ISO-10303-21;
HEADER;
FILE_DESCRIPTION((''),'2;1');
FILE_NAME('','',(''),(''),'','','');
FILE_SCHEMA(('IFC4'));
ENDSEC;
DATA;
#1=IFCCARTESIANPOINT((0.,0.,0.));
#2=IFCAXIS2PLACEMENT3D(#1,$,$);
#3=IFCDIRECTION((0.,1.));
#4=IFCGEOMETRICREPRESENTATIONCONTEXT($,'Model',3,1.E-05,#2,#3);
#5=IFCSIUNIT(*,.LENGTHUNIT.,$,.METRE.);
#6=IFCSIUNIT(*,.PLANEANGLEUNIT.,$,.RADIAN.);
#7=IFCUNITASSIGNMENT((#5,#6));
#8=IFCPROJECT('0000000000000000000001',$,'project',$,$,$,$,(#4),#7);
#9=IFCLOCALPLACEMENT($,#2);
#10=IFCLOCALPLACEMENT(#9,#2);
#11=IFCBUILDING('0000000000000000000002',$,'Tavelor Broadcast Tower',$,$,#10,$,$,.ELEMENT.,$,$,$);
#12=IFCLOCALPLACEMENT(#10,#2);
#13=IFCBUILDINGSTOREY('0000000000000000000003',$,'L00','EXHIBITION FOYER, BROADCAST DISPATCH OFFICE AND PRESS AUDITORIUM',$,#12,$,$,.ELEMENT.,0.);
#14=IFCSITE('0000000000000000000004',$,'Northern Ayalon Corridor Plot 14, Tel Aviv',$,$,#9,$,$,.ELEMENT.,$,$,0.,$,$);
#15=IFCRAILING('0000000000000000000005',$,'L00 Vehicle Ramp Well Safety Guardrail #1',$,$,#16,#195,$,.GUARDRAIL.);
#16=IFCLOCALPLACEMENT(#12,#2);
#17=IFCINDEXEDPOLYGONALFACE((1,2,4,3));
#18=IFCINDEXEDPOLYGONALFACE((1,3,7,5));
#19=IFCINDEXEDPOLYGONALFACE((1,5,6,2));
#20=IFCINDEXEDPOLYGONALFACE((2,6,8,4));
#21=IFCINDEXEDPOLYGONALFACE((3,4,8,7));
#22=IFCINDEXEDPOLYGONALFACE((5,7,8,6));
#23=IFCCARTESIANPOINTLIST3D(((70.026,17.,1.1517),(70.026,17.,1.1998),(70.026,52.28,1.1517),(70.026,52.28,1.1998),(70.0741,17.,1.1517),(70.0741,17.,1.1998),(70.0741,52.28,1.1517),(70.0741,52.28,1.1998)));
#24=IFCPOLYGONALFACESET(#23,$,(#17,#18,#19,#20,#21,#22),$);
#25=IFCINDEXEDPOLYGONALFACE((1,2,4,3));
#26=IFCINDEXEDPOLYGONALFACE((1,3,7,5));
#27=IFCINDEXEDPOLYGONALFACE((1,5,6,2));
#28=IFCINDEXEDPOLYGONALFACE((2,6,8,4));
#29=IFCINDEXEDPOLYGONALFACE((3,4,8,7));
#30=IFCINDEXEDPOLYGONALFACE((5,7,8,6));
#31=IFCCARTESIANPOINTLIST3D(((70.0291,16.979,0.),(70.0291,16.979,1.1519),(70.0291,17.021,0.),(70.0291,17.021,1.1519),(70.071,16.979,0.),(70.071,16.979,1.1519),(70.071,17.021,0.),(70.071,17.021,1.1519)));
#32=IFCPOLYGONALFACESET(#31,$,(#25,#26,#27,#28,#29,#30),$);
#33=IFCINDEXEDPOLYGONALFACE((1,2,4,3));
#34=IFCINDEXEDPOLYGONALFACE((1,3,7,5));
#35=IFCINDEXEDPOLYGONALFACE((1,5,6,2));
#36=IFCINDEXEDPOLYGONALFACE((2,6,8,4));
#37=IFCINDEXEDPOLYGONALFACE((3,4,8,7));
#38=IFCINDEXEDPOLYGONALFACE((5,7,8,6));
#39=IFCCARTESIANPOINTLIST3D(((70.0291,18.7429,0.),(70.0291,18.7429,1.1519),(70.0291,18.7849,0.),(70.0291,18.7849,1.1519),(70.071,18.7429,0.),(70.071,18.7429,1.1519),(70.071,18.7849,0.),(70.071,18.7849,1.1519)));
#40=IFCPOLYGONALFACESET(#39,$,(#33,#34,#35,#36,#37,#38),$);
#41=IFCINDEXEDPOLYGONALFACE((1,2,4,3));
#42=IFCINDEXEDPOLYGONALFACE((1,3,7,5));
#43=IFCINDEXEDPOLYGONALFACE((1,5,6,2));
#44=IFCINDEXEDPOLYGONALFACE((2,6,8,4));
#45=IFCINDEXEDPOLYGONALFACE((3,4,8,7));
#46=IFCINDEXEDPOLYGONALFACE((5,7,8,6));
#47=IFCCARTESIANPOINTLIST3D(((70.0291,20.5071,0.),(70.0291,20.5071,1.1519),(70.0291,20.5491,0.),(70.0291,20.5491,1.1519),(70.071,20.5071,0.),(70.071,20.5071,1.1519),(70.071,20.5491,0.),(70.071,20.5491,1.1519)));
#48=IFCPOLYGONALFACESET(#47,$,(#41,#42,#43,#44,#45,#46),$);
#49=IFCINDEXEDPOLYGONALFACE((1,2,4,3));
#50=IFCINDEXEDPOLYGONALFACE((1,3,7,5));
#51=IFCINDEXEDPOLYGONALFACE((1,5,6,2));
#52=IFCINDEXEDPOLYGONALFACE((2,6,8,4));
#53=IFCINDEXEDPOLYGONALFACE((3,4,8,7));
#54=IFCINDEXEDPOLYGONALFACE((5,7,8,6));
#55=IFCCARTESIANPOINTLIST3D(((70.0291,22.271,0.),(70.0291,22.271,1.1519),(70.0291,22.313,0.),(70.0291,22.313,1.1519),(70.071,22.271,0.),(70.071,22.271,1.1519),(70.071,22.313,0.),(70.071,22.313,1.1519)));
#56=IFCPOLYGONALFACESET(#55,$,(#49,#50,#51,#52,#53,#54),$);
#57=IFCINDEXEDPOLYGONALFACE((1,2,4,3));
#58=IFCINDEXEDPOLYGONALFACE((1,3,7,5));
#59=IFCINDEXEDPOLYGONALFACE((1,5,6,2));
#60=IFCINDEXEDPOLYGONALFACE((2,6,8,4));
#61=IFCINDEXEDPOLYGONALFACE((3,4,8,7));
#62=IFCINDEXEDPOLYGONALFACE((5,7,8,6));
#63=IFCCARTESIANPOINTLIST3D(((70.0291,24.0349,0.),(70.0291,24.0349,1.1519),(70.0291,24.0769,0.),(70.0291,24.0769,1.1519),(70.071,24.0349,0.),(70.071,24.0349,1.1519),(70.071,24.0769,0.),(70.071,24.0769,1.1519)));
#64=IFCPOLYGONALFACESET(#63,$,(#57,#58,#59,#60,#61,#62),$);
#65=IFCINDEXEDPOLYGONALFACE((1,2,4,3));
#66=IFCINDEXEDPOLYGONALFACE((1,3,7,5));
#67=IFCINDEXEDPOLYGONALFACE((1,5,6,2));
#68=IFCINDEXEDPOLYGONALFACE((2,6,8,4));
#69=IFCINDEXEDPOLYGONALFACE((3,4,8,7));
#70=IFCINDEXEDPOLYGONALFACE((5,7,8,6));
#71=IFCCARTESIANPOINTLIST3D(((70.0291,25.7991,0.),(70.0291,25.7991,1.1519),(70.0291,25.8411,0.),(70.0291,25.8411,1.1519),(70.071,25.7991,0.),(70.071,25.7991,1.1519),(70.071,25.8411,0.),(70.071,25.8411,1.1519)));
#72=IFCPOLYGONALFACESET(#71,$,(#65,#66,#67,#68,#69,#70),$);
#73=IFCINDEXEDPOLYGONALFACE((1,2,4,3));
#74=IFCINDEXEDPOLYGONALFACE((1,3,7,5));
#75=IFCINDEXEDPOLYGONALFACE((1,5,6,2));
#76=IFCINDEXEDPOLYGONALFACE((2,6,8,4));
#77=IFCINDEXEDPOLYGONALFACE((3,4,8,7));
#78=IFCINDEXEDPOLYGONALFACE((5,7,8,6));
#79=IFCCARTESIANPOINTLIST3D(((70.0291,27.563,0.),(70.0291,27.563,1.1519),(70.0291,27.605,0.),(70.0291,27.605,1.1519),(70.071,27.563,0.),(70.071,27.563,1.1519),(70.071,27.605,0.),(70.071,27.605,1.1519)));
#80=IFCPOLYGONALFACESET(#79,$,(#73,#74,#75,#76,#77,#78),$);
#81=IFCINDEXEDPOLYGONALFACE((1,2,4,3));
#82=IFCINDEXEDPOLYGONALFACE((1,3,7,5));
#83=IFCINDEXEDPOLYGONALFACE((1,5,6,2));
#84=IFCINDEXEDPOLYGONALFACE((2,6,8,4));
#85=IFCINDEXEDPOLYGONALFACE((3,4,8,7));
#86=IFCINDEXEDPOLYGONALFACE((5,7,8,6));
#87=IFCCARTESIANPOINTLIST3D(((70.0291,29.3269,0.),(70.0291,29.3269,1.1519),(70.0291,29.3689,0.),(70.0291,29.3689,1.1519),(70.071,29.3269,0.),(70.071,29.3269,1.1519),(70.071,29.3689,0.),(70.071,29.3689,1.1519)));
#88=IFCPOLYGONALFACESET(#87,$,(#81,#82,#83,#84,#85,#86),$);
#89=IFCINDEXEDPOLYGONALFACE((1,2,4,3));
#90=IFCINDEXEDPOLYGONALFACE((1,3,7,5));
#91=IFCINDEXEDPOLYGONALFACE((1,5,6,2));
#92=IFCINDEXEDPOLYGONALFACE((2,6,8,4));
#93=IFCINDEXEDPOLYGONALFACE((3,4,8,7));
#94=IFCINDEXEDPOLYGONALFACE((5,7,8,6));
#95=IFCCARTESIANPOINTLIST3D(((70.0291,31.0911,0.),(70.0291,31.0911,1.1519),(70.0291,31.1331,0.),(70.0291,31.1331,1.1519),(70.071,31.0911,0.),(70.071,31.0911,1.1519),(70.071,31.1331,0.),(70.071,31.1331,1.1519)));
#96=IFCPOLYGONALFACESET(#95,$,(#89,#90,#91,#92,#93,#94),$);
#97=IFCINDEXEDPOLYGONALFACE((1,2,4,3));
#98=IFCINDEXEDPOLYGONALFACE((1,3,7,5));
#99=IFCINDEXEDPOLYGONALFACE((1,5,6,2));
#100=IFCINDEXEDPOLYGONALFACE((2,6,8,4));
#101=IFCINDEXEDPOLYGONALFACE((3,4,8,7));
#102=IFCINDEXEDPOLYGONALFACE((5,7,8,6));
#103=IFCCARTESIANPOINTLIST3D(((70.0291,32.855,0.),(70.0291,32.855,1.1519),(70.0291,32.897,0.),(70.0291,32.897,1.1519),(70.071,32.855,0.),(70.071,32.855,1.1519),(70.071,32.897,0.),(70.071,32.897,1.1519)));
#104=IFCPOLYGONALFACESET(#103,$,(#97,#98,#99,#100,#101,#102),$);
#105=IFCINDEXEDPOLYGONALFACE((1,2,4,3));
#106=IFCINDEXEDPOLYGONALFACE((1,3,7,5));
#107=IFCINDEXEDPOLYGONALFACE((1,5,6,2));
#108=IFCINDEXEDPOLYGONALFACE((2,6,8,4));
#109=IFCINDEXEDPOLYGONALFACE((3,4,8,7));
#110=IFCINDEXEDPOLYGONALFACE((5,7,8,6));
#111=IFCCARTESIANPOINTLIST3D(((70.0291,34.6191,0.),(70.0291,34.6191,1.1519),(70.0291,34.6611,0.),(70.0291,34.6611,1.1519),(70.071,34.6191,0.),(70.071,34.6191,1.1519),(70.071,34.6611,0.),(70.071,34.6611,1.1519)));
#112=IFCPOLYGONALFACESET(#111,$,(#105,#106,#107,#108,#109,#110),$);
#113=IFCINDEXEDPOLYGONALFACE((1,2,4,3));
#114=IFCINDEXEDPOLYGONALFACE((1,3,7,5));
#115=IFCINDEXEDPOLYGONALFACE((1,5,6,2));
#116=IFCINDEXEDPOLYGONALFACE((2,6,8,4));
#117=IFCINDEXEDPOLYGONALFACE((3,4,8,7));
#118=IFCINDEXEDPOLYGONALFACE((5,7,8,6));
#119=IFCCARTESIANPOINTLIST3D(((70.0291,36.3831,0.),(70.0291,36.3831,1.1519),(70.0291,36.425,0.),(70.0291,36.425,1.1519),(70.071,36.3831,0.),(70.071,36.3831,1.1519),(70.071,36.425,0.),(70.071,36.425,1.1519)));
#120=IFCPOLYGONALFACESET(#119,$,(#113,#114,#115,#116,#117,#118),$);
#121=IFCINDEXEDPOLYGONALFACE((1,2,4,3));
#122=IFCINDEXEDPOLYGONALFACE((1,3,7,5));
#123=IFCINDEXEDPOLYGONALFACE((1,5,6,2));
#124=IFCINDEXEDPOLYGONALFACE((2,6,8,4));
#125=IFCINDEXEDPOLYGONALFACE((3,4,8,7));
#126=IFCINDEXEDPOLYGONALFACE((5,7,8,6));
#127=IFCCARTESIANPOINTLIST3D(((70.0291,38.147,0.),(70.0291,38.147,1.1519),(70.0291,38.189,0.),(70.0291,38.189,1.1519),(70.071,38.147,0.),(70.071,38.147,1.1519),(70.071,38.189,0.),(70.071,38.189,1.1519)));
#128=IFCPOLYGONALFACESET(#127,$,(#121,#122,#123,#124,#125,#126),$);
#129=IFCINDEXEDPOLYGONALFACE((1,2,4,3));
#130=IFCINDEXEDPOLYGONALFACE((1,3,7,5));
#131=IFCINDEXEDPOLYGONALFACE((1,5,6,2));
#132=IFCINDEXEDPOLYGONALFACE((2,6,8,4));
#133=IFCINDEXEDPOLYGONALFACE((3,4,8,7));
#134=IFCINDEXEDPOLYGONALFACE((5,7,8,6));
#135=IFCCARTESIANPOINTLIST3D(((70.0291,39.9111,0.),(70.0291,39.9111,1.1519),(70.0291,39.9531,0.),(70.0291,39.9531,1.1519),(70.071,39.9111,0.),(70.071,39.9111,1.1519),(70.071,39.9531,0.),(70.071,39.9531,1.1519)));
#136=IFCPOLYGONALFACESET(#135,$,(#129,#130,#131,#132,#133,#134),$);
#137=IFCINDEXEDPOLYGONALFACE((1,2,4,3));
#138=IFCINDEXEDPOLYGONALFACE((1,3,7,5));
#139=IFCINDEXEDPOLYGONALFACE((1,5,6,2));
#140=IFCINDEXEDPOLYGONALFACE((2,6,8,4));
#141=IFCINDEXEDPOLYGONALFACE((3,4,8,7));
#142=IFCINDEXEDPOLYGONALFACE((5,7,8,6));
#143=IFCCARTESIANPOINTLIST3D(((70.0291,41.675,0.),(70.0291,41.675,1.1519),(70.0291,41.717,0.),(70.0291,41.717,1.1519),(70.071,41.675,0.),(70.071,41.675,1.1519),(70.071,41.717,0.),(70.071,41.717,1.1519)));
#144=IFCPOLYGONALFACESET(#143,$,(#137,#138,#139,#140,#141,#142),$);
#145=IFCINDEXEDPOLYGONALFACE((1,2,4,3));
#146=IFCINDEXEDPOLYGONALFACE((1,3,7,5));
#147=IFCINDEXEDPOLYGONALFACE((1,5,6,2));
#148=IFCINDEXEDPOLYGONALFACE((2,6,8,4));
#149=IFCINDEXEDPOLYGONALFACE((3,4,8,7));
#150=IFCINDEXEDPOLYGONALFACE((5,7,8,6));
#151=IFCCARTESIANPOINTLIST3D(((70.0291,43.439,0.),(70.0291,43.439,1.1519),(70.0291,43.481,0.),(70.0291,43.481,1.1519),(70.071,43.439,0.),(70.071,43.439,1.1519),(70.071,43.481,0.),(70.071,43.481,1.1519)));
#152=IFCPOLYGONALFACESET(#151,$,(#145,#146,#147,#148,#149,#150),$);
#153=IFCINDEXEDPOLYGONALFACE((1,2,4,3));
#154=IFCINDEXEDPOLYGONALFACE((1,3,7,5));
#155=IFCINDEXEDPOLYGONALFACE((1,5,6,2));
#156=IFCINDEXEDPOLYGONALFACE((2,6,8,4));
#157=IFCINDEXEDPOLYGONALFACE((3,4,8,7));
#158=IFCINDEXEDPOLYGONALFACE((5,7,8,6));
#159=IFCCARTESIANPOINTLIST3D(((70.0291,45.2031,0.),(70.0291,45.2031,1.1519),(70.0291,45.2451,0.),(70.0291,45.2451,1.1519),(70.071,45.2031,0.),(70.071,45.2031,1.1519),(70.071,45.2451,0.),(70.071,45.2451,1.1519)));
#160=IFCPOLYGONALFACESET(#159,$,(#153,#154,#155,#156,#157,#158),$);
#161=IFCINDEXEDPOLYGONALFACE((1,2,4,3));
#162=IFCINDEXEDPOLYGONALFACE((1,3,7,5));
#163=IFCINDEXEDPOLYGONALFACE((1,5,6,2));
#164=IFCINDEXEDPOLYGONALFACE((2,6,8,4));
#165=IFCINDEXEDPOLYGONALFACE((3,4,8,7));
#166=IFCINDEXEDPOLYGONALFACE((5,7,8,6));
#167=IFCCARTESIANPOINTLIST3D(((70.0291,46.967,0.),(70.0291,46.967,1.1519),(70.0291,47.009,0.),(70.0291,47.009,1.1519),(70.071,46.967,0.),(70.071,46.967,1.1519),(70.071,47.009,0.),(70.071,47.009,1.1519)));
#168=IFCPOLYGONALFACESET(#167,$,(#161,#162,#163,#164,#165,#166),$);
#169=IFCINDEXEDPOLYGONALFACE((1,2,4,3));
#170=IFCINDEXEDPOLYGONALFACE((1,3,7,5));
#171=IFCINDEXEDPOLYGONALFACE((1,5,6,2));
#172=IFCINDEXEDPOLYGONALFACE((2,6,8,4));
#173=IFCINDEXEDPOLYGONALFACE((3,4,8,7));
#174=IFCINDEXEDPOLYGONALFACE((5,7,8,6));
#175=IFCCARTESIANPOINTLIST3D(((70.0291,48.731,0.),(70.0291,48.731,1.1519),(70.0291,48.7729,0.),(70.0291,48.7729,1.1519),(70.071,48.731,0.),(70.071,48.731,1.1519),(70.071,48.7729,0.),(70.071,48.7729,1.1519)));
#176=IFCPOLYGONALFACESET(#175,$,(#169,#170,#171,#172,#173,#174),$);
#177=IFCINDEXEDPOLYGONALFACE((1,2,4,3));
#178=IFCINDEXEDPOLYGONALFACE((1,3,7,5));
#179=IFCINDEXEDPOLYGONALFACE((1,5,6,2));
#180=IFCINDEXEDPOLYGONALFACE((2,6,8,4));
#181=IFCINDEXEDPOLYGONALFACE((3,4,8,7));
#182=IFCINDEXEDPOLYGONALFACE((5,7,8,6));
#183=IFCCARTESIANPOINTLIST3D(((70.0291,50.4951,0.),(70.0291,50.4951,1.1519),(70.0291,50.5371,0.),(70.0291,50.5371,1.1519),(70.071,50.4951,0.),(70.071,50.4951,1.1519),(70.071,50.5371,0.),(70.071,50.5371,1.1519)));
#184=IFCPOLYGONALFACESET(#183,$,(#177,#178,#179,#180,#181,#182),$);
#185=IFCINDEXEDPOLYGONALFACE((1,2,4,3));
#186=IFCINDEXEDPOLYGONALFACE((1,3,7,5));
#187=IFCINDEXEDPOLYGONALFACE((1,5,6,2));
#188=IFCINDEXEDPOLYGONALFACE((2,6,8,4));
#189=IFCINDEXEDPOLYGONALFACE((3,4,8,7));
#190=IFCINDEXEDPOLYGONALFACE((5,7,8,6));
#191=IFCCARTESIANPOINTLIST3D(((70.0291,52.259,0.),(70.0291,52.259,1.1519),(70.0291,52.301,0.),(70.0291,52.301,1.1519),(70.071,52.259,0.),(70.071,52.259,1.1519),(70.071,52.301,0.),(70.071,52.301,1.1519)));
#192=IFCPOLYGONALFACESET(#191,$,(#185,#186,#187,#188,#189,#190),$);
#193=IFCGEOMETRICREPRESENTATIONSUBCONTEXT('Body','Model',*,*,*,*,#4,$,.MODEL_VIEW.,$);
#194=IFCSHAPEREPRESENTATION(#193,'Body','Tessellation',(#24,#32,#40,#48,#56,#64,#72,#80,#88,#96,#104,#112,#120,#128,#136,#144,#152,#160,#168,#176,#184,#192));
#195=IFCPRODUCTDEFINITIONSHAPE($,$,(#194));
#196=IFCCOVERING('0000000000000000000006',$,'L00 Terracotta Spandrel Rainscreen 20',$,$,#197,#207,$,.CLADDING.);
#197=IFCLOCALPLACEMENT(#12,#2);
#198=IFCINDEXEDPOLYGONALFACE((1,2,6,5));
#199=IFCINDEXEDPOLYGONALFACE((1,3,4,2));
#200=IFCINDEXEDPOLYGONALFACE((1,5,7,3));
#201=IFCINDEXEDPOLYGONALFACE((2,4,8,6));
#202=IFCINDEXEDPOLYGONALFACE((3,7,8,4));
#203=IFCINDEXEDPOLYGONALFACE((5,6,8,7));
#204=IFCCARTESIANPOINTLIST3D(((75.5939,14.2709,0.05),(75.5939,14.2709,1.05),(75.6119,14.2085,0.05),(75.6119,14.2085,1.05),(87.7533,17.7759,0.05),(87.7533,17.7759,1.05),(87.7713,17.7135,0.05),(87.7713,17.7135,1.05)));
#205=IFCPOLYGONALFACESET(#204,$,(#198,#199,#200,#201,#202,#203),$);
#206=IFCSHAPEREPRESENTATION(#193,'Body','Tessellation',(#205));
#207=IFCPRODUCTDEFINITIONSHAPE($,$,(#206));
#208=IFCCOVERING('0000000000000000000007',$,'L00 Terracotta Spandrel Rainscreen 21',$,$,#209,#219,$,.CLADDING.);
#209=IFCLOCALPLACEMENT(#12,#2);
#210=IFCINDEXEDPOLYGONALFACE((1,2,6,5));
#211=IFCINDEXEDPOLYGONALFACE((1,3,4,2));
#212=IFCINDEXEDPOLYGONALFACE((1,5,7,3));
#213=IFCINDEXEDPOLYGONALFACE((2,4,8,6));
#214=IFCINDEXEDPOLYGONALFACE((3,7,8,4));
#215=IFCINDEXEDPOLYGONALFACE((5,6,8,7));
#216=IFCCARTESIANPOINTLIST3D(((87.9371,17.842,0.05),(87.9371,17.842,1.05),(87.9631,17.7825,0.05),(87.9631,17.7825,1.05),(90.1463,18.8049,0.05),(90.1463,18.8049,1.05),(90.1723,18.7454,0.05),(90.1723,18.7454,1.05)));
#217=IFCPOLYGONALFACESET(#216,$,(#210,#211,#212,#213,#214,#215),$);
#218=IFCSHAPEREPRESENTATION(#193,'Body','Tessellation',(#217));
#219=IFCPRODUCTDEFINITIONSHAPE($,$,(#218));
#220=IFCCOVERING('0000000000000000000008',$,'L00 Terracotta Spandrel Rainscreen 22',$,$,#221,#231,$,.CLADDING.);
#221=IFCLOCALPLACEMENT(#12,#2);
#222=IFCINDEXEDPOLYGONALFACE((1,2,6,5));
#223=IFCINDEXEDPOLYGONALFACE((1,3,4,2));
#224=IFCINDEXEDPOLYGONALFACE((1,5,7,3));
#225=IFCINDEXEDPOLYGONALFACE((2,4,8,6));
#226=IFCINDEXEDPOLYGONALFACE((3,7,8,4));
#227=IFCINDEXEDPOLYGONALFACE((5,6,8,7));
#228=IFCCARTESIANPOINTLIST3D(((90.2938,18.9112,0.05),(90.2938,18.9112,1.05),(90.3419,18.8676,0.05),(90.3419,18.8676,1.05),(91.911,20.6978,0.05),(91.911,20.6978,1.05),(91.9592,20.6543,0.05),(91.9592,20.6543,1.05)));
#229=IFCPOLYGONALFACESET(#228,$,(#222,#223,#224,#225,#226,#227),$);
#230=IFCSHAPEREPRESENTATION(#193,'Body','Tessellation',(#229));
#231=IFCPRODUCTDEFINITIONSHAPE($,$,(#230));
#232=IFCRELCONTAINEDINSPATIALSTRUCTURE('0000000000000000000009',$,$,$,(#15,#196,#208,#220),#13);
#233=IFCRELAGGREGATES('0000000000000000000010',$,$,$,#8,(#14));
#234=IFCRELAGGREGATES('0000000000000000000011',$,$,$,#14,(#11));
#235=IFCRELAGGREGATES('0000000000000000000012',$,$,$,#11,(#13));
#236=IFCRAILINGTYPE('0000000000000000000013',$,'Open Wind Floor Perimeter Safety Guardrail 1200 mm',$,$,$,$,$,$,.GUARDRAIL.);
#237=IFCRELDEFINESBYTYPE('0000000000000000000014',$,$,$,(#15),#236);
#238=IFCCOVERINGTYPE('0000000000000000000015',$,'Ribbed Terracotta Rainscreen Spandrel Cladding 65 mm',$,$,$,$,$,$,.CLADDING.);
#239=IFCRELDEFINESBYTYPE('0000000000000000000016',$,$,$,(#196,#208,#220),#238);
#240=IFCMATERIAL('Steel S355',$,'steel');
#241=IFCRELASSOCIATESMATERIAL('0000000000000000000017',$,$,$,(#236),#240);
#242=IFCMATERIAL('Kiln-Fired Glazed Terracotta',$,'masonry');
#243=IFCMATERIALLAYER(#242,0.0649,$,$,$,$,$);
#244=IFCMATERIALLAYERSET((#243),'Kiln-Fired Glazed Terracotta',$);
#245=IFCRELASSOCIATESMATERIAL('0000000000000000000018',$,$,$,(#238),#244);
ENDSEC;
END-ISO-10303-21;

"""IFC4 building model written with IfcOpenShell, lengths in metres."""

from ifc_helpers import new_model, si_unit, direction, frame, origin, origin_2d, place, context, subcontext, project, spatial, rectangle, extrude, material, layer, layer_set, type_object, element, save


model = new_model("IFC4")

# Units and contexts
model_context = context("Model", 3, precision=1e-05, world=origin(), true_north=direction((0.0, 1.0)))
body_context = subcontext(model_context, "Body", "Model", "MODEL_VIEW")
ifc_project = project(units=[si_unit("LENGTHUNIT", "METRE"), si_unit("PLANEANGLEUNIT", "RADIAN")], contexts=[model_context])

# Site, building, storey
site_placement = place(None, origin())
site = spatial("IfcSite", under=ifc_project, at=site_placement, Name="Northern Ayalon Corridor Plot 14, Tel Aviv", CompositionType="ELEMENT", RefElevation=0.0)
building_placement = place(site_placement, origin())
building = spatial("IfcBuilding", under=site, at=building_placement, Name="Tavelor Broadcast Tower", CompositionType="ELEMENT")
storey_placement = place(building_placement, origin())
storey = spatial("IfcBuildingStorey", under=building, at=storey_placement, Name="L00", Description="EXHIBITION FOYER, BROADCAST DISPATCH OFFICE AND PRESS AUDITORIUM", CompositionType="ELEMENT", Elevation=0.0)

# Shared definitions
ifc_material_1 = material(Name="Steel S355", Category="steel")

# Railing
railing_type = type_object("IfcRailingType", Name="Open Wind Floor Perimeter Safety Guardrail 1200 mm", PredefinedType="GUARDRAIL", material=ifc_material_1)
railing_placement = place(storey_placement, frame((70.05, 17.0, 0.0)))
element("IfcRailing", 1, at=railing_placement, inside=storey, type_object=railing_type, Name="L00 Vehicle Ramp Well Safety Guardrail #1", PredefinedType="GUARDRAIL", context=body_context, shape_type="SweptSolid", body=[
    extrude(rectangle(XDim=0.0481, YDim=0.0481, at=origin_2d()), frame((0.0, 0.0, 1.1758), z_axis=(0.0, 1.0, 0.0), x_axis=(-1.0, 0.0, 0.0)), (0.0, 0.0, 1.0), 35.28),
    extrude(rectangle(XDim=0.042, YDim=0.042, at=origin_2d()), origin(), (0.0, 0.0, 1.0), 1.1519),
    extrude(rectangle(XDim=0.042, YDim=0.042, at=origin_2d()), frame((0.0, 1.7639, 0.0)), (0.0, 0.0, 1.0), 1.1519),
    extrude(rectangle(XDim=0.042, YDim=0.042, at=origin_2d()), frame((0.0, 3.5281, 0.0)), (0.0, 0.0, 1.0), 1.1519),
    extrude(rectangle(XDim=0.042, YDim=0.042, at=origin_2d()), frame((0.0, 5.292, 0.0)), (0.0, 0.0, 1.0), 1.1519),
    extrude(rectangle(XDim=0.042, YDim=0.042, at=origin_2d()), frame((0.0, 7.0559, 0.0)), (0.0, 0.0, 1.0), 1.1519),
    extrude(rectangle(XDim=0.042, YDim=0.042, at=origin_2d()), frame((0.0, 8.8201, 0.0)), (0.0, 0.0, 1.0), 1.1519),
    extrude(rectangle(XDim=0.042, YDim=0.042, at=origin_2d()), frame((0.0, 10.584, 0.0)), (0.0, 0.0, 1.0), 1.1519),
    extrude(rectangle(XDim=0.042, YDim=0.042, at=origin_2d()), frame((0.0, 12.3479, 0.0)), (0.0, 0.0, 1.0), 1.1519),
    extrude(rectangle(XDim=0.042, YDim=0.042, at=origin_2d()), frame((0.0, 14.1121, 0.0)), (0.0, 0.0, 1.0), 1.1519),
    extrude(rectangle(XDim=0.042, YDim=0.042, at=origin_2d()), frame((0.0, 15.876, 0.0)), (0.0, 0.0, 1.0), 1.1519),
    extrude(rectangle(XDim=0.042, YDim=0.042, at=origin_2d()), frame((0.0, 17.6401, 0.0)), (0.0, 0.0, 1.0), 1.1519),
    extrude(rectangle(XDim=0.042, YDim=0.042, at=origin_2d()), frame((0.0, 19.4041, 0.0)), (0.0, 0.0, 1.0), 1.1519),
    extrude(rectangle(XDim=0.042, YDim=0.042, at=origin_2d()), frame((0.0, 21.168, 0.0)), (0.0, 0.0, 1.0), 1.1519),
    extrude(rectangle(XDim=0.042, YDim=0.042, at=origin_2d()), frame((0.0, 22.9321, 0.0)), (0.0, 0.0, 1.0), 1.1519),
    extrude(rectangle(XDim=0.042, YDim=0.042, at=origin_2d()), frame((0.0, 24.696, 0.0)), (0.0, 0.0, 1.0), 1.1519),
    extrude(rectangle(XDim=0.042, YDim=0.042, at=origin_2d()), frame((0.0, 26.46, 0.0)), (0.0, 0.0, 1.0), 1.1519),
    extrude(rectangle(XDim=0.042, YDim=0.042, at=origin_2d()), frame((0.0, 28.2241, 0.0)), (0.0, 0.0, 1.0), 1.1519),
    extrude(rectangle(XDim=0.042, YDim=0.042, at=origin_2d()), frame((0.0, 29.988, 0.0)), (0.0, 0.0, 1.0), 1.1519),
    extrude(rectangle(XDim=0.042, YDim=0.042, at=origin_2d()), frame((0.0, 31.752, 0.0)), (0.0, 0.0, 1.0), 1.1519),
    extrude(rectangle(XDim=0.042, YDim=0.042, at=origin_2d()), frame((0.0, 33.5161, 0.0)), (0.0, 0.0, 1.0), 1.1519),
    extrude(rectangle(XDim=0.042, YDim=0.042, at=origin_2d()), frame((0.0, 35.28, 0.0)), (0.0, 0.0, 1.0), 1.1519),
])

# Coverings
ifc_material_2 = material(Name="Kiln-Fired Glazed Terracotta", Category="masonry")
ifc_layer_1 = layer(ifc_material_2, 0.0649)
ifc_layer_set_1 = layer_set([ifc_layer_1], Name="Kiln-Fired Glazed Terracotta")
covering_type = type_object("IfcCoveringType", Name="Ribbed Terracotta Rainscreen Spandrel Cladding 65 mm", PredefinedType="CLADDING", material=ifc_layer_set_1)
covering_1_placement = place(storey_placement, frame((81.6826, 15.9922, 0.05), z_axis=(0.0, 0.0, 1.0), x_axis=(0.960876, 0.276979, 0.0)))
element("IfcCovering", 2, at=covering_1_placement, inside=storey, type_object=covering_type, Name="L00 Terracotta Spandrel Rainscreen 20", PredefinedType="CLADDING", context=body_context, shape_type="SweptSolid", body=[
    extrude(rectangle(XDim=12.6545, YDim=0.0649, at=origin_2d()), origin(), (0.0, 0.0, 1.0), 1.0),
])
for number, where, z_axis, x_axis, name in (
    (3, (89.0547, 18.2937, 0.05), (0.0, 0.0, 1.0), (0.916712, 0.399549, 0.0), "L00 Terracotta Spandrel Rainscreen 21"),
    (4, (91.1265, 19.7827, 0.05), (0.0, 0.0, 1.0), (0.671074, 0.741391, 0.0), "L00 Terracotta Spandrel Rainscreen 22"),
):
    element("IfcCovering", number, at=place(storey_placement, frame(where, z_axis=z_axis, x_axis=x_axis)), inside=storey, type_object=covering_type, Name=name, PredefinedType="CLADDING", context=body_context, shape_type="SweptSolid", body=[
        extrude(rectangle(XDim=2.4099, YDim=0.0649, at=origin_2d()), origin(), (0.0, 0.0, 1.0), 1.0),
    ])

save(model, "model.ifc")
